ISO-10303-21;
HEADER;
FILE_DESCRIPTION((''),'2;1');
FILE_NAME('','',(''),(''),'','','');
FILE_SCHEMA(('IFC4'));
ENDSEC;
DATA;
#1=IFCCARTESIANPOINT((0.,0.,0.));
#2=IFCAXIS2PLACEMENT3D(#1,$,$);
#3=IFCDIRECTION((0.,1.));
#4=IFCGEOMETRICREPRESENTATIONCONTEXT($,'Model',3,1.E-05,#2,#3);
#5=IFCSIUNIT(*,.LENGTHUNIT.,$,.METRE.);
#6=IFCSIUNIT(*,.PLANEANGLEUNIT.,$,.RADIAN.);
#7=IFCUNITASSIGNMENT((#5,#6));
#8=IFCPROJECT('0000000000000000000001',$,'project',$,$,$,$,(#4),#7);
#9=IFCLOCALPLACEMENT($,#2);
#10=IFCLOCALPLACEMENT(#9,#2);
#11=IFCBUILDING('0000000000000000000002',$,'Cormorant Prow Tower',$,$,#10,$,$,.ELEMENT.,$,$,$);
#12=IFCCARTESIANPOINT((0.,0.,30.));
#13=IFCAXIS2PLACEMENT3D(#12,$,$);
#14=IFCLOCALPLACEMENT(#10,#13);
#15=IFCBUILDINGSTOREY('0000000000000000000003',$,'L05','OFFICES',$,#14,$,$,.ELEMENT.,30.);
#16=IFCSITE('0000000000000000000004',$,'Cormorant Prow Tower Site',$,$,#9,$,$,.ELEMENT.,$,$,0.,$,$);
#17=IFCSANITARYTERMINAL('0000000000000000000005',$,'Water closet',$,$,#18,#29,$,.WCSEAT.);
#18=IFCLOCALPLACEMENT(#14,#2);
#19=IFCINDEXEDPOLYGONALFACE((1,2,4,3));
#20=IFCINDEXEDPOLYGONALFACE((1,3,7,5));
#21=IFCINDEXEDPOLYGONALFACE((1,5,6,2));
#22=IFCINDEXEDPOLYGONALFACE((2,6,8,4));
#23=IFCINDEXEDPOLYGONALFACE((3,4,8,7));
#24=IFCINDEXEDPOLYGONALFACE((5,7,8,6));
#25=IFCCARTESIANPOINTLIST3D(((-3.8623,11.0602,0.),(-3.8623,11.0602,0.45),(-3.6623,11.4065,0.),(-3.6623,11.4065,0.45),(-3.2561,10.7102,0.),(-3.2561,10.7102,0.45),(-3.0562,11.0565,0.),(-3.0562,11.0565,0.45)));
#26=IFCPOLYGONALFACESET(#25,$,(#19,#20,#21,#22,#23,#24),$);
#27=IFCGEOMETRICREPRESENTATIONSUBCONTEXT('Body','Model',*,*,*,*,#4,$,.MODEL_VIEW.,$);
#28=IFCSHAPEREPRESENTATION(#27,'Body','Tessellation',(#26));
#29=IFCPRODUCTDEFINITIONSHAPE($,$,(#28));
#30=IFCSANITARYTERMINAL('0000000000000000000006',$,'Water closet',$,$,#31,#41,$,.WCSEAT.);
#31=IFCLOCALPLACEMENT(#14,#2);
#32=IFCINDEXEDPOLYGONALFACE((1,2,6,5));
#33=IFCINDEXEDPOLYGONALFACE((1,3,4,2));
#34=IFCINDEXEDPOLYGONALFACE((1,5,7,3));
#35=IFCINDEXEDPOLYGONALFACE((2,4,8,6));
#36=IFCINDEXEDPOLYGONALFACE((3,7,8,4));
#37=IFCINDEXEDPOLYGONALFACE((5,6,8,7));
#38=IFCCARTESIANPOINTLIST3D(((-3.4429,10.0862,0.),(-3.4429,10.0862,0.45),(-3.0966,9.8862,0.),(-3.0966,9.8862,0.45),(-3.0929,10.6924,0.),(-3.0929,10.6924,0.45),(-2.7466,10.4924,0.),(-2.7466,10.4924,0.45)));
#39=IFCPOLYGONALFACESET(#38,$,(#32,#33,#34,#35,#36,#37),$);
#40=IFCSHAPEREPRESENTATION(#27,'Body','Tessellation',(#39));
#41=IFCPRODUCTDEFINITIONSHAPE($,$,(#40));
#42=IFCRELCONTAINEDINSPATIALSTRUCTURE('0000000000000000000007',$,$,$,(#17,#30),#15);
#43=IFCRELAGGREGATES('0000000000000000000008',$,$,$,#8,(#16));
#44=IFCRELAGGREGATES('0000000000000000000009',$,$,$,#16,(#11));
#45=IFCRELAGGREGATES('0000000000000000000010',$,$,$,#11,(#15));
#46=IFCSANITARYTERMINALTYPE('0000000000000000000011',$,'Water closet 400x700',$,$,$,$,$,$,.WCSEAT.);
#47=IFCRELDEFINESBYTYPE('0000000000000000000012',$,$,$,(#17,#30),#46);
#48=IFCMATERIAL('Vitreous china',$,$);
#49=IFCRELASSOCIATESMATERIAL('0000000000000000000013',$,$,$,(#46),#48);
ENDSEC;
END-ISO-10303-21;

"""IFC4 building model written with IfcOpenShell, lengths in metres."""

from ifc_helpers import new_model, si_unit, direction, frame, origin, origin_2d, place, context, subcontext, project, spatial, rectangle, extrude, material, type_object, element, save


model = new_model("IFC4")

# Units and contexts
model_context = context("Model", 3, precision=1e-05, world=origin(), true_north=direction((0.0, 1.0)))
body_context = subcontext(model_context, "Body", "Model", "MODEL_VIEW")
ifc_project = project(units=[si_unit("LENGTHUNIT", "METRE"), si_unit("PLANEANGLEUNIT", "RADIAN")], contexts=[model_context])

# Site, building, storey
site_placement = place(None, origin())
site = spatial("IfcSite", under=ifc_project, at=site_placement, Name="Cormorant Prow Tower Site", CompositionType="ELEMENT", RefElevation=0.0)
building_placement = place(site_placement, origin())
building = spatial("IfcBuilding", under=site, at=building_placement, Name="Cormorant Prow Tower", CompositionType="ELEMENT")
storey_placement = place(building_placement, frame((0.0, 0.0, 30.0)))
storey = spatial("IfcBuildingStorey", under=building, at=storey_placement, Name="L05", Description="OFFICES", CompositionType="ELEMENT", Elevation=30.0)

# Sanitary terminals
ifc_material_1 = material(Name="Vitreous china")
sanitary_terminal_type_1 = type_object("IfcSanitaryTerminalType", Name="Water closet 400x700", PredefinedType="WCSEAT", material=ifc_material_1)
for number, where, z_axis, x_axis, name in (
    (1, (-3.4592, 11.0583, 0.0), (0.0, 0.0, 1.0), (-0.5, -0.866025, 0.0), "Water closet"),
    (2, (-3.0947, 10.2893, 0.0), (0.0, 0.0, 1.0), (0.866017, -0.500015, 0.0), "Water closet"),
):
    element("IfcSanitaryTerminal", number, at=place(storey_placement, frame(where, z_axis=z_axis, x_axis=x_axis)), inside=storey, type_object=sanitary_terminal_type_1, Name=name, PredefinedType="WCSEAT", context=body_context, shape_type="SweptSolid", body=[
        extrude(rectangle(XDim=0.3999, YDim=0.7, at=origin_2d()), origin(), (0.0, 0.0, 1.0), 0.45),
    ])

save(model, "model.ifc")
